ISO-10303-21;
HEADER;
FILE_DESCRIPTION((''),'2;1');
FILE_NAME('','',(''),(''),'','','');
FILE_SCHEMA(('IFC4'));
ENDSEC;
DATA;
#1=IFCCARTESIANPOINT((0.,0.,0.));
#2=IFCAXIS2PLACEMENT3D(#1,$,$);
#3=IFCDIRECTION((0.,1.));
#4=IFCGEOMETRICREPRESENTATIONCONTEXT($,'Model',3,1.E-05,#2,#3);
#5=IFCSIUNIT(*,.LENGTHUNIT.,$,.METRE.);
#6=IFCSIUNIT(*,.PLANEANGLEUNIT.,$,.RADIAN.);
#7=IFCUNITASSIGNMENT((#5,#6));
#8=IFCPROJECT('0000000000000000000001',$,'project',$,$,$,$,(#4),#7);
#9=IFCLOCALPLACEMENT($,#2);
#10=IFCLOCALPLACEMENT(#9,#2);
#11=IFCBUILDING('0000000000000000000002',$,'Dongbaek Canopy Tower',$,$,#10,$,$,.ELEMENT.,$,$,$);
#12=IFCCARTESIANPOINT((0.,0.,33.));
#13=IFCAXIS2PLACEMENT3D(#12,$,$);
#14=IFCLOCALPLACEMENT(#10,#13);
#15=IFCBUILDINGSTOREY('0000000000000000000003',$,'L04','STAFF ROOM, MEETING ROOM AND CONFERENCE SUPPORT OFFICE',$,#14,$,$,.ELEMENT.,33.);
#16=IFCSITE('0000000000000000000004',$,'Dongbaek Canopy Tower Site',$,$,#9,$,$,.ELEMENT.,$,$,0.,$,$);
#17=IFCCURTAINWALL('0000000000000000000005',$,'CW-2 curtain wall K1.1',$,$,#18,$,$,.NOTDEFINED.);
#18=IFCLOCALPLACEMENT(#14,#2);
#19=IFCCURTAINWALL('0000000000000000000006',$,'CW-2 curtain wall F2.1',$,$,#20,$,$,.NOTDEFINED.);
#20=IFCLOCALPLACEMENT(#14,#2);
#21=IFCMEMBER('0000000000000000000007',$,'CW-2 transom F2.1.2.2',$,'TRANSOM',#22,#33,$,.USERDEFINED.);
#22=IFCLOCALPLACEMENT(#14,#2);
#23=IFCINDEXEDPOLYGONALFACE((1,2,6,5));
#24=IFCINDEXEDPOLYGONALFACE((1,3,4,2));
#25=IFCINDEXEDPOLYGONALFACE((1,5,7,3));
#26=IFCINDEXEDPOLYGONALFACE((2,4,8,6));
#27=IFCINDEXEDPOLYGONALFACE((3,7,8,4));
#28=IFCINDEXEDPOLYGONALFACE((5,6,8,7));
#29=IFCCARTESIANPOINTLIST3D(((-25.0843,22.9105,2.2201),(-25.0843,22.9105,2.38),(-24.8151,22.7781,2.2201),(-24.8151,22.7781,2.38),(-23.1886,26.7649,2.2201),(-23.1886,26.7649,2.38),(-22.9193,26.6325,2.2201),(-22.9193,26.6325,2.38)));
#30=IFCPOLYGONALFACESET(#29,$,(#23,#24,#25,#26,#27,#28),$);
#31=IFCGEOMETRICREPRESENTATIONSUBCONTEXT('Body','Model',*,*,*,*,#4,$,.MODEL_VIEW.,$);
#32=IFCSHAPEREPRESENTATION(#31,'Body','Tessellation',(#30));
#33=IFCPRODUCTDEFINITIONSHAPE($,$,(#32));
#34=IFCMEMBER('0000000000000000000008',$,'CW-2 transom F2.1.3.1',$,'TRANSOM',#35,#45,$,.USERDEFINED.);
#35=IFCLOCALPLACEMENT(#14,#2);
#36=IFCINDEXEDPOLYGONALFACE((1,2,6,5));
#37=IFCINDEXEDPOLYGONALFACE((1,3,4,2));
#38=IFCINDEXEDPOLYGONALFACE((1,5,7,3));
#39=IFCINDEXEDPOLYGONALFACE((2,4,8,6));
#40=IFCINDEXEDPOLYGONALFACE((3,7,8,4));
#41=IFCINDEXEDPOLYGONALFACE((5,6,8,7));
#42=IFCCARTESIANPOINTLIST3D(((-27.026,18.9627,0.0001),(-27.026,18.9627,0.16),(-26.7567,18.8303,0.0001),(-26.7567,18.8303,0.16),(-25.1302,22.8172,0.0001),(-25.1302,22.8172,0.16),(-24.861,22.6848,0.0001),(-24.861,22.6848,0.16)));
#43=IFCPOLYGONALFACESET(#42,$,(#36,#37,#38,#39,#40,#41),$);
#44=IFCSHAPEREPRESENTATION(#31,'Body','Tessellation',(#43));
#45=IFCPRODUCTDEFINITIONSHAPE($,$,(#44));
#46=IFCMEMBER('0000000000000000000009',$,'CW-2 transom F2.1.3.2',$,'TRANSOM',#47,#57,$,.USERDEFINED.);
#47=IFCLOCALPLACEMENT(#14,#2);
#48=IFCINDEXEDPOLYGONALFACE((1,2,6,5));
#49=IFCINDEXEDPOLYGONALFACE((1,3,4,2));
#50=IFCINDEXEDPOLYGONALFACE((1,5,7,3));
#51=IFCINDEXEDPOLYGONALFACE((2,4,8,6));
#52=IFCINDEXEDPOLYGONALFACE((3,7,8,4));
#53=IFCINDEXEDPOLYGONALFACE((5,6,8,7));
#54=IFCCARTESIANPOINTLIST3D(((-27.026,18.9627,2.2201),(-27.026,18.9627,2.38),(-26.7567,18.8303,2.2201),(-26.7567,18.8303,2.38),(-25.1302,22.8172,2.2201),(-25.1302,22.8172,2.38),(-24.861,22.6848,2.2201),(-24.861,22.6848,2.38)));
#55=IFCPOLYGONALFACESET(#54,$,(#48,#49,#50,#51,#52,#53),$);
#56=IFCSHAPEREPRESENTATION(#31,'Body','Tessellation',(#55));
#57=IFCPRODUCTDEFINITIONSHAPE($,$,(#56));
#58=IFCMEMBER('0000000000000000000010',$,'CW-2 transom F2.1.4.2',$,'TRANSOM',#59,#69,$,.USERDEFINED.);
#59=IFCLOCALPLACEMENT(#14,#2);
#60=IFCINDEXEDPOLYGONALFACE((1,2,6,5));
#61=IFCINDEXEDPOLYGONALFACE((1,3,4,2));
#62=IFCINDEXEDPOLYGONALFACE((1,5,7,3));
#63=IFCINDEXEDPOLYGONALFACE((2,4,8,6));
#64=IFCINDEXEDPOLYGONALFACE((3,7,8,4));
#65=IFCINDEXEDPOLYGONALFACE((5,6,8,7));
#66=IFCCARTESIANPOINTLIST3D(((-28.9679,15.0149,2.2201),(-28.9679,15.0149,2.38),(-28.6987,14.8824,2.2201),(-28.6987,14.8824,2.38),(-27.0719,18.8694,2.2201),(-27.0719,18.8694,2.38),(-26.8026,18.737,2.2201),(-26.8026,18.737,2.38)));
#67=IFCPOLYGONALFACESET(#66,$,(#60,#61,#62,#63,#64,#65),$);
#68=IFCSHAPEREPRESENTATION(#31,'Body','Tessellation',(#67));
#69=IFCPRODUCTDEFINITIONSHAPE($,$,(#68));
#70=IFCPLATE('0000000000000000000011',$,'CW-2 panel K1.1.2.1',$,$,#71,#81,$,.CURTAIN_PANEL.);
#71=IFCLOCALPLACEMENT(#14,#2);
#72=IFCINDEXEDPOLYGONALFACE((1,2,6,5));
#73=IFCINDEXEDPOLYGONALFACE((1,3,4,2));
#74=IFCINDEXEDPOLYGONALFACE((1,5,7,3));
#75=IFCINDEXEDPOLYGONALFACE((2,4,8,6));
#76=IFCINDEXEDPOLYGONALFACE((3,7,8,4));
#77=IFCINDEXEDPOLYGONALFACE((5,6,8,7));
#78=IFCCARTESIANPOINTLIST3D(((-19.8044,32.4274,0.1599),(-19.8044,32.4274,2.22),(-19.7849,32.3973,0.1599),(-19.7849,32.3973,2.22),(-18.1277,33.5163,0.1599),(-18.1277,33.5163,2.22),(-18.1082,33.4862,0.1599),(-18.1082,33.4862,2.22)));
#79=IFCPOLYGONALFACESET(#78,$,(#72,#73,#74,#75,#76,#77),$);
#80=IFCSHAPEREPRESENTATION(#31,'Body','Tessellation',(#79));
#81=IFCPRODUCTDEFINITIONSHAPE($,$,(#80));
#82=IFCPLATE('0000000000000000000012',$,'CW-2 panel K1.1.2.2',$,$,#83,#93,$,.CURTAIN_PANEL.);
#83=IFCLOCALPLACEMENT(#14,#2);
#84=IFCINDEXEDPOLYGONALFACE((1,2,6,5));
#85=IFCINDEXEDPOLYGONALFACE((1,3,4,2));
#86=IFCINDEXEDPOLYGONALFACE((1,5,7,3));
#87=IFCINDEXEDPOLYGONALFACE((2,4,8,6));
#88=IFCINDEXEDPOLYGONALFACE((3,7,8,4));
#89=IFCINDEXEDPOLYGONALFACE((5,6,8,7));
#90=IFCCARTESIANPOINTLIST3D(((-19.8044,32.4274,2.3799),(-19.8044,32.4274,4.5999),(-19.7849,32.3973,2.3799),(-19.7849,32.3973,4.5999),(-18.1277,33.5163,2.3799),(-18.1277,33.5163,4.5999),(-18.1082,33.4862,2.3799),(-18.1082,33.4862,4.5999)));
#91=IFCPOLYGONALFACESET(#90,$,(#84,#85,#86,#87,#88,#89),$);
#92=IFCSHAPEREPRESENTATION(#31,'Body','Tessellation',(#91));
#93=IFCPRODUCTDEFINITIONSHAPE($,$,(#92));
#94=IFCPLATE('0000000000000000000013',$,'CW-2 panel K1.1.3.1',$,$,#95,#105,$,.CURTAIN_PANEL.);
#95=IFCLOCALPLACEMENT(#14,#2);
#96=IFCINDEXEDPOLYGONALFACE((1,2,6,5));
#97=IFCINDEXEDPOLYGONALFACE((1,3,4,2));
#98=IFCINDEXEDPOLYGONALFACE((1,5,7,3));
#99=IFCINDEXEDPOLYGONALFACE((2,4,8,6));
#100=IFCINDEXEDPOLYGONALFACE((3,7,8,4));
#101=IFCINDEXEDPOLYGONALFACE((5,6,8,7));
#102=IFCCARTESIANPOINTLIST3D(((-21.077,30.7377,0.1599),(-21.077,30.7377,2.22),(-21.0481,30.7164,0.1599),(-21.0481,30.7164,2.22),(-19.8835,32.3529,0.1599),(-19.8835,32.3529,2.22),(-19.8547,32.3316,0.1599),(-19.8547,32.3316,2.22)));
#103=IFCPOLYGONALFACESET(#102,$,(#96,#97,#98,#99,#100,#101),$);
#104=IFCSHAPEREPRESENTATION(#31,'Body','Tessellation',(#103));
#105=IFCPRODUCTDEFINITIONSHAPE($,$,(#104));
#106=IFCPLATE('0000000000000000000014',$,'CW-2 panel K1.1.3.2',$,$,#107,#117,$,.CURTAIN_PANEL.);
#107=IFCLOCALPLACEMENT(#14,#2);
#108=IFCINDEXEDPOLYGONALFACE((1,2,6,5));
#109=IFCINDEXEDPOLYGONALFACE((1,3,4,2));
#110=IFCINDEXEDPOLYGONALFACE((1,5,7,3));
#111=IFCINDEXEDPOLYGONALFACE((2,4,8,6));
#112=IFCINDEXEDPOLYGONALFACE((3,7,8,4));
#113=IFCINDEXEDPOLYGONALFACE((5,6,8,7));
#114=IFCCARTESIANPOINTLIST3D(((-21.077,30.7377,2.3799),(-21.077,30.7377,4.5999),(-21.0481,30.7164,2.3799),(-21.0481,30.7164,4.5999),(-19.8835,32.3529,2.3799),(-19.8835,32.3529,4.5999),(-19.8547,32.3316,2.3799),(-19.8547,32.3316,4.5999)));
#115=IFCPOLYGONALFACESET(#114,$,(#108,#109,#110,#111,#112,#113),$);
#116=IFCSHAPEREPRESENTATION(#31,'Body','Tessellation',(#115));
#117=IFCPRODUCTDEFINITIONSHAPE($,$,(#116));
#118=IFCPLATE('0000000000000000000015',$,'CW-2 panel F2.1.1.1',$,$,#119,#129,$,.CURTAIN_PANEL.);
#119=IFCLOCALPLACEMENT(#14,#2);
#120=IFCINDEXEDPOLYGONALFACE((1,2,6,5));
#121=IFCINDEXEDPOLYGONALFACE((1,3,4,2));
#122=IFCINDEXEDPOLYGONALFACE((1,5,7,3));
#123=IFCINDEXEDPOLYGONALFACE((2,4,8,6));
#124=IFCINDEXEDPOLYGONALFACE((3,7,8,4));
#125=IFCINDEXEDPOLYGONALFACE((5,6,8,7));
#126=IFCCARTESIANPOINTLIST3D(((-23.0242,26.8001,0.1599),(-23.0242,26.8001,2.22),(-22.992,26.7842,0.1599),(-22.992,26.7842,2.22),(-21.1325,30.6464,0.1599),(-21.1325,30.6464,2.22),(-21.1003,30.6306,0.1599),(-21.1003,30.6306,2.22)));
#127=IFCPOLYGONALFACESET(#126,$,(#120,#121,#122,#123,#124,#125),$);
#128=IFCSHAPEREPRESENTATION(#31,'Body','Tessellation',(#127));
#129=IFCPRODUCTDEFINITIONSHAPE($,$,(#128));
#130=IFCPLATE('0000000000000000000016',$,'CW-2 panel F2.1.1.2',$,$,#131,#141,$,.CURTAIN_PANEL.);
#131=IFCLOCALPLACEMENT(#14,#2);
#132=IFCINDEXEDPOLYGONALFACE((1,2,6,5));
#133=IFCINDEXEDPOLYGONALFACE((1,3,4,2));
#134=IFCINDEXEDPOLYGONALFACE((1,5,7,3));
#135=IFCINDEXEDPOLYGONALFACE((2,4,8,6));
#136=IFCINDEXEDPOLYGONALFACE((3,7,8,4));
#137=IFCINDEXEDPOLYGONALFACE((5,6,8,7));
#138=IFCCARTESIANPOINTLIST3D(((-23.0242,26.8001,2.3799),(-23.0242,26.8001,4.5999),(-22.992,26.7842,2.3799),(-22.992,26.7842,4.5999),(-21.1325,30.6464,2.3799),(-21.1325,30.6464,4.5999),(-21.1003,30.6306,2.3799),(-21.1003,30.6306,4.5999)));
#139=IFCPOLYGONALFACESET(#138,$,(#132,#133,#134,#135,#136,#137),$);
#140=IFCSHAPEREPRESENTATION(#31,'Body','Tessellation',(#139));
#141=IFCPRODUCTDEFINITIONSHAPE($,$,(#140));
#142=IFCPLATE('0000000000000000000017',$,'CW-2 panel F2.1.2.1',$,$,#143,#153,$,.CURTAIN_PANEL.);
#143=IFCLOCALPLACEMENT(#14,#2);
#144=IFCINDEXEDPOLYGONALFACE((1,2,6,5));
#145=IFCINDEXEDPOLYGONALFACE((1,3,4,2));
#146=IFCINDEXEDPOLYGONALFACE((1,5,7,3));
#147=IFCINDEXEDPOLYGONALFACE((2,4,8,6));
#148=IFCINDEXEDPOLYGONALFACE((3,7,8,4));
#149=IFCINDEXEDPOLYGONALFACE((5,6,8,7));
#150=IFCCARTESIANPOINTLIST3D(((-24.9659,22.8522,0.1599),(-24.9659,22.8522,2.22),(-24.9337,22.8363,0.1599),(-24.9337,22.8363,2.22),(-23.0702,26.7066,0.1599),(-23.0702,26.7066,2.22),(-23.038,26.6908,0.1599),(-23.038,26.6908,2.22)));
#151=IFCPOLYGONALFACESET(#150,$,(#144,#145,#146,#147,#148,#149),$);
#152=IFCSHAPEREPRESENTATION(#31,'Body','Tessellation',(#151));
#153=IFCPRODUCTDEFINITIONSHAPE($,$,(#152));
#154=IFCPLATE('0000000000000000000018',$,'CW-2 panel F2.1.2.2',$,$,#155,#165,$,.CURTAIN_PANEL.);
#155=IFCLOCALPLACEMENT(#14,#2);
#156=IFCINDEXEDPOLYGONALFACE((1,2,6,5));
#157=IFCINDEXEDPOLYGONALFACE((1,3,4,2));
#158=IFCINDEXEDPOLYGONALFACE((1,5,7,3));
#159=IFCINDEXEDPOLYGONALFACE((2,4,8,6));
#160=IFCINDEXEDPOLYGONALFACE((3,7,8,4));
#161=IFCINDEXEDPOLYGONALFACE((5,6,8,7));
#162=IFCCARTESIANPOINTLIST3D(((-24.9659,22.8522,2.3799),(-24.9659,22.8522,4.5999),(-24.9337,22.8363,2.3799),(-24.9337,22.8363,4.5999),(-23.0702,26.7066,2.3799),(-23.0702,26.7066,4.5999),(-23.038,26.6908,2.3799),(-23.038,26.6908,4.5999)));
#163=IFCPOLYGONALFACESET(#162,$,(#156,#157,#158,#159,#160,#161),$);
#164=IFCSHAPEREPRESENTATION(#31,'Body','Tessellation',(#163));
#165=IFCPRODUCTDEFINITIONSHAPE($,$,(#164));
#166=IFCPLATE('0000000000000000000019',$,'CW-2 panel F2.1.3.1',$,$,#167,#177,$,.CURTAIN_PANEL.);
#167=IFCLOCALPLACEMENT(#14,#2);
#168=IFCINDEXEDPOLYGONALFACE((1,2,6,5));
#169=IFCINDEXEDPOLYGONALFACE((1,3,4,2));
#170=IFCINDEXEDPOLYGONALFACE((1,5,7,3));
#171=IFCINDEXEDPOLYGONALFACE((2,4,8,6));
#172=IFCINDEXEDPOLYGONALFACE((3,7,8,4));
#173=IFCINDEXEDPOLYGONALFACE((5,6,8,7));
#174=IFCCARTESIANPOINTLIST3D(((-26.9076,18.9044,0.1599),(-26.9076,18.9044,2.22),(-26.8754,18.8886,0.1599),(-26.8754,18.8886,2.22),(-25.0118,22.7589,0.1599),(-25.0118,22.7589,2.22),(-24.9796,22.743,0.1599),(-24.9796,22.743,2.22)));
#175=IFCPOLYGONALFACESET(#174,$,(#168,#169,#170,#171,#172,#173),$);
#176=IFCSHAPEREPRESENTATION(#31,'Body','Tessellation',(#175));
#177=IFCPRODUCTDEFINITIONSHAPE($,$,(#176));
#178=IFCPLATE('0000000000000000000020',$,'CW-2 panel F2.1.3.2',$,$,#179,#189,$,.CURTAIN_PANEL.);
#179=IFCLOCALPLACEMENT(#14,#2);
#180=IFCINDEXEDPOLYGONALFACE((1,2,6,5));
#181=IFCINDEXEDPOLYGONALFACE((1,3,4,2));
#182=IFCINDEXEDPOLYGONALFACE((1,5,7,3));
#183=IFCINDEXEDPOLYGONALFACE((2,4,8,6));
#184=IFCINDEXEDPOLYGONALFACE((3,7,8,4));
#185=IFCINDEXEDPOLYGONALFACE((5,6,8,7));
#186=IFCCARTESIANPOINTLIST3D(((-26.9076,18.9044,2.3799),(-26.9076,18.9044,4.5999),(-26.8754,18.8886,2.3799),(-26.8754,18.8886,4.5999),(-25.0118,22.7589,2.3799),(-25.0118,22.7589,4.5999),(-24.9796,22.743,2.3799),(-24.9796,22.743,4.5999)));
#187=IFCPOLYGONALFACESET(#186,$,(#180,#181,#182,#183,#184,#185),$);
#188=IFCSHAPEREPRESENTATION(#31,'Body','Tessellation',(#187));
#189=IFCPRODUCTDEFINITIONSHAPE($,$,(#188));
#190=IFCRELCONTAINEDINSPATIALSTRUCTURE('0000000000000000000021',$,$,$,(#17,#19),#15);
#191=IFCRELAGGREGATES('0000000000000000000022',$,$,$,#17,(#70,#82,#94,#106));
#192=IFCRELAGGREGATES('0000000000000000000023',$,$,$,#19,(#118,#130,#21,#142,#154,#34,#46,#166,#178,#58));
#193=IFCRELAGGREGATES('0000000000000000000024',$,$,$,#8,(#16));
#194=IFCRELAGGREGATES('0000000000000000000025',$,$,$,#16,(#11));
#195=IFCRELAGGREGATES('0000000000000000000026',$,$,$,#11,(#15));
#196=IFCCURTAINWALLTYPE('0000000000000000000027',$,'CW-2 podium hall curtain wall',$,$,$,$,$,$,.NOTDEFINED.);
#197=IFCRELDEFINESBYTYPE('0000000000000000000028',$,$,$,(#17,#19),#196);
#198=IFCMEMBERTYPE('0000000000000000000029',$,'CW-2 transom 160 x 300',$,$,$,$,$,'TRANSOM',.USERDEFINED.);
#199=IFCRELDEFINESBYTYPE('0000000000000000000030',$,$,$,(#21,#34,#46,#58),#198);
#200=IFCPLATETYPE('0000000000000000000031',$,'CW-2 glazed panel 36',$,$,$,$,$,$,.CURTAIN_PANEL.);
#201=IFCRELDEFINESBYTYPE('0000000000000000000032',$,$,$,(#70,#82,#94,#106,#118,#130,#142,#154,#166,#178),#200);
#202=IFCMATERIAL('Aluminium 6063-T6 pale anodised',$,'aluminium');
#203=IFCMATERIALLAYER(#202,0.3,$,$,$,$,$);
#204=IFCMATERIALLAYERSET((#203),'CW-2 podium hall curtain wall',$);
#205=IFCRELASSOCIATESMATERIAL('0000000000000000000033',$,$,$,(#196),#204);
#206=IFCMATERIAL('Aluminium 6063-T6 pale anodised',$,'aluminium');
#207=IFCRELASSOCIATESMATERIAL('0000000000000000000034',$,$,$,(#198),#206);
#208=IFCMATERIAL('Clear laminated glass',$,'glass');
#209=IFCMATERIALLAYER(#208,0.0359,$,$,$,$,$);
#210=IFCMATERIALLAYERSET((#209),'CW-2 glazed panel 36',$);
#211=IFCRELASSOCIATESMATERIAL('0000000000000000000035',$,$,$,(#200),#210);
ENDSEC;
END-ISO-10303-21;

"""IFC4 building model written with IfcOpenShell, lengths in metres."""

from ifc_helpers import new_model, si_unit, direction, frame, origin, origin_2d, place, context, subcontext, project, spatial, rectangle, extrude, material, layer, layer_set, material_profile, profile_set, type_object, element, aggregate, save


model = new_model("IFC4")

# Units and contexts
model_context = context("Model", 3, precision=1e-05, world=origin(), true_north=direction((0.0, 1.0)))
body_context = subcontext(model_context, "Body", "Model", "MODEL_VIEW")
ifc_project = project(units=[si_unit("LENGTHUNIT", "METRE"), si_unit("PLANEANGLEUNIT", "RADIAN")], contexts=[model_context])

# Site, building, storey
site_placement = place(None, origin())
site = spatial("IfcSite", under=ifc_project, at=site_placement, Name="Dongbaek Canopy Tower Site", CompositionType="ELEMENT", RefElevation=0.0)
building_placement = place(site_placement, origin())
building = spatial("IfcBuilding", under=site, at=building_placement, Name="Dongbaek Canopy Tower", CompositionType="ELEMENT")
storey_placement = place(building_placement, frame((0.0, 0.0, 33.0)))
storey = spatial("IfcBuildingStorey", under=building, at=storey_placement, Name="L04", Description="STAFF ROOM, MEETING ROOM AND CONFERENCE SUPPORT OFFICE", CompositionType="ELEMENT", Elevation=33.0)

# Curtain walls
ifc_material_1 = material(Name="Aluminium 6063-T6 pale anodised", Category="aluminium")
ifc_layer_1 = layer(ifc_material_1, 0.3)
ifc_layer_set_1 = layer_set([ifc_layer_1], Name="CW-2 podium hall curtain wall")
curtain_wall_type = type_object("IfcCurtainWallType", Name="CW-2 podium hall curtain wall", PredefinedType="NOTDEFINED", material=ifc_layer_set_1)
curtain_wall_1_placement = place(storey_placement, origin())
curtain_wall_1 = element("IfcCurtainWall", 1, at=curtain_wall_1_placement, inside=storey, type_object=curtain_wall_type, Name="CW-2 curtain wall K1.1", PredefinedType="NOTDEFINED")
curtain_wall_2_placement = place(storey_placement, origin())
curtain_wall_2 = element("IfcCurtainWall", 2, at=curtain_wall_2_placement, inside=storey, type_object=curtain_wall_type, Name="CW-2 curtain wall F2.1", PredefinedType="NOTDEFINED")

# Members
ifc_material_2 = material(Name="Aluminium 6063-T6 pale anodised", Category="aluminium")
ifc_material_profile_1 = material_profile(ifc_material_2, rectangle(XDim=0.3, YDim=0.1599, at=origin_2d()), Name="CW-2 transom 160 x 300")
ifc_profile_set_1 = profile_set([ifc_material_profile_1], Name="Aluminium 6063-T6 pale anodised")
member_type_1 = type_object("IfcMemberType", Name="CW-2 transom 160 x 300", ElementType="TRANSOM", PredefinedType="USERDEFINED", material=ifc_profile_set_1)
member_1_placement = place(storey_placement, frame((-23.054, 26.6987, 2.3), z_axis=(-0.441338, -0.897341, 0.0), x_axis=(0.897341, -0.441338, 0.0)))
member_1 = element("IfcMember", 3, at=member_1_placement, type_object=member_type_1, Name="CW-2 transom F2.1.2.2", ObjectType="TRANSOM", PredefinedType="USERDEFINED", context=body_context, shape_type="SweptSolid", body=[
    extrude(rectangle(XDim=0.3, YDim=0.1599, at=origin_2d()), origin(), (0.0, 0.0, 1.0), 4.2954),
])
member_2_placement = place(storey_placement, frame((-24.9956, 22.751, 0.0801), z_axis=(-0.441338, -0.897341, 0.0), x_axis=(0.897341, -0.441338, 0.0)))
member_2 = element("IfcMember", 4, at=member_2_placement, type_object=member_type_1, Name="CW-2 transom F2.1.3.1", ObjectType="TRANSOM", PredefinedType="USERDEFINED", context=body_context, shape_type="SweptSolid", body=[
    extrude(rectangle(XDim=0.3, YDim=0.1599, at=origin_2d()), origin(), (0.0, 0.0, 1.0), 4.2954),
])
member_3_placement = place(storey_placement, frame((-24.9956, 22.751, 2.3), z_axis=(-0.441338, -0.897341, 0.0), x_axis=(0.897341, -0.441338, 0.0)))
member_3 = element("IfcMember", 5, at=member_3_placement, type_object=member_type_1, Name="CW-2 transom F2.1.3.2", ObjectType="TRANSOM", PredefinedType="USERDEFINED", context=body_context, shape_type="SweptSolid", body=[
    extrude(rectangle(XDim=0.3, YDim=0.1599, at=origin_2d()), origin(), (0.0, 0.0, 1.0), 4.2954),
])
member_4_placement = place(storey_placement, frame((-26.9373, 18.8032, 2.3), z_axis=(-0.441384, -0.897318, 0.0), x_axis=(0.897318, -0.441384, 0.0)))
member_4 = element("IfcMember", 6, at=member_4_placement, type_object=member_type_1, Name="CW-2 transom F2.1.4.2", ObjectType="TRANSOM", PredefinedType="USERDEFINED", context=body_context, shape_type="SweptSolid", body=[
    extrude(rectangle(XDim=0.3, YDim=0.1599, at=origin_2d()), origin(), (0.0, 0.0, 1.0), 4.2957),
])

# Plates
ifc_material_3 = material(Name="Clear laminated glass", Category="glass")
ifc_layer_2 = layer(ifc_material_3, 0.0359)
ifc_layer_set_2 = layer_set([ifc_layer_2], Name="CW-2 glazed panel 36")
plate_type = type_object("IfcPlateType", Name="CW-2 glazed panel 36", PredefinedType="CURTAIN_PANEL", material=ifc_layer_set_2)
plate_1_placement = place(storey_placement, frame((-18.9563, 32.9568, 0.1599), z_axis=(0.0, 0.0, 1.0), x_axis=(-0.838663, -0.54465, 0.0)))
plate_1 = element("IfcPlate", 7, at=plate_1_placement, type_object=plate_type, Name="CW-2 panel K1.1.2.1", PredefinedType="CURTAIN_PANEL", context=body_context, shape_type="SweptSolid", body=[
    extrude(rectangle(XDim=1.9993, YDim=0.0359, at=origin_2d()), origin(), (0.0, 0.0, 1.0), 2.0601),
])
plate_2_placement = place(storey_placement, frame((-18.9563, 32.9568, 2.3799), z_axis=(0.0, 0.0, 1.0), x_axis=(-0.838663, -0.54465, 0.0)))
plate_2 = element("IfcPlate", 8, at=plate_2_placement, type_object=plate_type, Name="CW-2 panel K1.1.2.2", PredefinedType="CURTAIN_PANEL", context=body_context, shape_type="SweptSolid", body=[
    extrude(rectangle(XDim=1.9993, YDim=0.0359, at=origin_2d()), origin(), (0.0, 0.0, 1.0), 2.22),
])
plate_3_placement = place(storey_placement, frame((-20.4658, 31.5347, 0.1599), z_axis=(0.0, 0.0, 1.0), x_axis=(-0.594253, -0.804278, 0.0)))
plate_3 = element("IfcPlate", 9, at=plate_3_placement, type_object=plate_type, Name="CW-2 panel K1.1.3.1", PredefinedType="CURTAIN_PANEL", context=body_context, shape_type="SweptSolid", body=[
    extrude(rectangle(XDim=2.0083, YDim=0.0359, at=origin_2d()), origin(), (0.0, 0.0, 1.0), 2.0601),
])
plate_4_placement = place(storey_placement, frame((-20.4658, 31.5347, 2.3799), z_axis=(0.0, 0.0, 1.0), x_axis=(-0.594253, -0.804278, 0.0)))
plate_4 = element("IfcPlate", 10, at=plate_4_placement, type_object=plate_type, Name="CW-2 panel K1.1.3.2", PredefinedType="CURTAIN_PANEL", context=body_context, shape_type="SweptSolid", body=[
    extrude(rectangle(XDim=2.0083, YDim=0.0359, at=origin_2d()), origin(), (0.0, 0.0, 1.0), 2.22),
])
aggregate(curtain_wall_1, [plate_1, plate_2, plate_3, plate_4])
plate_5_placement = place(storey_placement, frame((-22.0623, 28.7153, 0.1599), z_axis=(0.0, 0.0, 1.0), x_axis=(-0.441342, -0.897339, 0.0)))
plate_5 = element("IfcPlate", 11, at=plate_5_placement, type_object=plate_type, Name="CW-2 panel F2.1.1.1", PredefinedType="CURTAIN_PANEL", context=body_context, shape_type="SweptSolid", body=[
    extrude(rectangle(XDim=4.2864, YDim=0.0359, at=origin_2d()), origin(), (0.0, 0.0, 1.0), 2.0601),
])
plate_6_placement = place(storey_placement, frame((-22.0623, 28.7153, 2.3799), z_axis=(0.0, 0.0, 1.0), x_axis=(-0.441342, -0.897339, 0.0)))
plate_6 = element("IfcPlate", 12, at=plate_6_placement, type_object=plate_type, Name="CW-2 panel F2.1.1.2", PredefinedType="CURTAIN_PANEL", context=body_context, shape_type="SweptSolid", body=[
    extrude(rectangle(XDim=4.2864, YDim=0.0359, at=origin_2d()), origin(), (0.0, 0.0, 1.0), 2.22),
])
plate_7_placement = place(storey_placement, frame((-24.002, 24.7715, 0.1599), z_axis=(0.0, 0.0, 1.0), x_axis=(-0.441342, -0.897339, 0.0)))
plate_7 = element("IfcPlate", 13, at=plate_7_placement, type_object=plate_type, Name="CW-2 panel F2.1.2.1", PredefinedType="CURTAIN_PANEL", context=body_context, shape_type="SweptSolid", body=[
    extrude(rectangle(XDim=4.2954, YDim=0.0359, at=origin_2d()), origin(), (0.0, 0.0, 1.0), 2.0601),
])
plate_8_placement = place(storey_placement, frame((-24.002, 24.7715, 2.3799), z_axis=(0.0, 0.0, 1.0), x_axis=(-0.441342, -0.897339, 0.0)))
plate_8 = element("IfcPlate", 14, at=plate_8_placement, type_object=plate_type, Name="CW-2 panel F2.1.2.2", PredefinedType="CURTAIN_PANEL", context=body_context, shape_type="SweptSolid", body=[
    extrude(rectangle(XDim=4.2954, YDim=0.0359, at=origin_2d()), origin(), (0.0, 0.0, 1.0), 2.22),
])
plate_9_placement = place(storey_placement, frame((-25.9436, 20.8237, 0.1599), z_axis=(0.0, 0.0, 1.0), x_axis=(-0.441342, -0.897339, 0.0)))
plate_9 = element("IfcPlate", 15, at=plate_9_placement, type_object=plate_type, Name="CW-2 panel F2.1.3.1", PredefinedType="CURTAIN_PANEL", context=body_context, shape_type="SweptSolid", body=[
    extrude(rectangle(XDim=4.2954, YDim=0.0359, at=origin_2d()), origin(), (0.0, 0.0, 1.0), 2.0601),
])
plate_10_placement = place(storey_placement, frame((-25.9436, 20.8237, 2.3799), z_axis=(0.0, 0.0, 1.0), x_axis=(-0.441342, -0.897339, 0.0)))
plate_10 = element("IfcPlate", 16, at=plate_10_placement, type_object=plate_type, Name="CW-2 panel F2.1.3.2", PredefinedType="CURTAIN_PANEL", context=body_context, shape_type="SweptSolid", body=[
    extrude(rectangle(XDim=4.2954, YDim=0.0359, at=origin_2d()), origin(), (0.0, 0.0, 1.0), 2.22),
])
aggregate(curtain_wall_2, [plate_5, plate_6, member_1, plate_7, plate_8, member_2, member_3, plate_9, plate_10, member_4])

save(model, "model.ifc")
